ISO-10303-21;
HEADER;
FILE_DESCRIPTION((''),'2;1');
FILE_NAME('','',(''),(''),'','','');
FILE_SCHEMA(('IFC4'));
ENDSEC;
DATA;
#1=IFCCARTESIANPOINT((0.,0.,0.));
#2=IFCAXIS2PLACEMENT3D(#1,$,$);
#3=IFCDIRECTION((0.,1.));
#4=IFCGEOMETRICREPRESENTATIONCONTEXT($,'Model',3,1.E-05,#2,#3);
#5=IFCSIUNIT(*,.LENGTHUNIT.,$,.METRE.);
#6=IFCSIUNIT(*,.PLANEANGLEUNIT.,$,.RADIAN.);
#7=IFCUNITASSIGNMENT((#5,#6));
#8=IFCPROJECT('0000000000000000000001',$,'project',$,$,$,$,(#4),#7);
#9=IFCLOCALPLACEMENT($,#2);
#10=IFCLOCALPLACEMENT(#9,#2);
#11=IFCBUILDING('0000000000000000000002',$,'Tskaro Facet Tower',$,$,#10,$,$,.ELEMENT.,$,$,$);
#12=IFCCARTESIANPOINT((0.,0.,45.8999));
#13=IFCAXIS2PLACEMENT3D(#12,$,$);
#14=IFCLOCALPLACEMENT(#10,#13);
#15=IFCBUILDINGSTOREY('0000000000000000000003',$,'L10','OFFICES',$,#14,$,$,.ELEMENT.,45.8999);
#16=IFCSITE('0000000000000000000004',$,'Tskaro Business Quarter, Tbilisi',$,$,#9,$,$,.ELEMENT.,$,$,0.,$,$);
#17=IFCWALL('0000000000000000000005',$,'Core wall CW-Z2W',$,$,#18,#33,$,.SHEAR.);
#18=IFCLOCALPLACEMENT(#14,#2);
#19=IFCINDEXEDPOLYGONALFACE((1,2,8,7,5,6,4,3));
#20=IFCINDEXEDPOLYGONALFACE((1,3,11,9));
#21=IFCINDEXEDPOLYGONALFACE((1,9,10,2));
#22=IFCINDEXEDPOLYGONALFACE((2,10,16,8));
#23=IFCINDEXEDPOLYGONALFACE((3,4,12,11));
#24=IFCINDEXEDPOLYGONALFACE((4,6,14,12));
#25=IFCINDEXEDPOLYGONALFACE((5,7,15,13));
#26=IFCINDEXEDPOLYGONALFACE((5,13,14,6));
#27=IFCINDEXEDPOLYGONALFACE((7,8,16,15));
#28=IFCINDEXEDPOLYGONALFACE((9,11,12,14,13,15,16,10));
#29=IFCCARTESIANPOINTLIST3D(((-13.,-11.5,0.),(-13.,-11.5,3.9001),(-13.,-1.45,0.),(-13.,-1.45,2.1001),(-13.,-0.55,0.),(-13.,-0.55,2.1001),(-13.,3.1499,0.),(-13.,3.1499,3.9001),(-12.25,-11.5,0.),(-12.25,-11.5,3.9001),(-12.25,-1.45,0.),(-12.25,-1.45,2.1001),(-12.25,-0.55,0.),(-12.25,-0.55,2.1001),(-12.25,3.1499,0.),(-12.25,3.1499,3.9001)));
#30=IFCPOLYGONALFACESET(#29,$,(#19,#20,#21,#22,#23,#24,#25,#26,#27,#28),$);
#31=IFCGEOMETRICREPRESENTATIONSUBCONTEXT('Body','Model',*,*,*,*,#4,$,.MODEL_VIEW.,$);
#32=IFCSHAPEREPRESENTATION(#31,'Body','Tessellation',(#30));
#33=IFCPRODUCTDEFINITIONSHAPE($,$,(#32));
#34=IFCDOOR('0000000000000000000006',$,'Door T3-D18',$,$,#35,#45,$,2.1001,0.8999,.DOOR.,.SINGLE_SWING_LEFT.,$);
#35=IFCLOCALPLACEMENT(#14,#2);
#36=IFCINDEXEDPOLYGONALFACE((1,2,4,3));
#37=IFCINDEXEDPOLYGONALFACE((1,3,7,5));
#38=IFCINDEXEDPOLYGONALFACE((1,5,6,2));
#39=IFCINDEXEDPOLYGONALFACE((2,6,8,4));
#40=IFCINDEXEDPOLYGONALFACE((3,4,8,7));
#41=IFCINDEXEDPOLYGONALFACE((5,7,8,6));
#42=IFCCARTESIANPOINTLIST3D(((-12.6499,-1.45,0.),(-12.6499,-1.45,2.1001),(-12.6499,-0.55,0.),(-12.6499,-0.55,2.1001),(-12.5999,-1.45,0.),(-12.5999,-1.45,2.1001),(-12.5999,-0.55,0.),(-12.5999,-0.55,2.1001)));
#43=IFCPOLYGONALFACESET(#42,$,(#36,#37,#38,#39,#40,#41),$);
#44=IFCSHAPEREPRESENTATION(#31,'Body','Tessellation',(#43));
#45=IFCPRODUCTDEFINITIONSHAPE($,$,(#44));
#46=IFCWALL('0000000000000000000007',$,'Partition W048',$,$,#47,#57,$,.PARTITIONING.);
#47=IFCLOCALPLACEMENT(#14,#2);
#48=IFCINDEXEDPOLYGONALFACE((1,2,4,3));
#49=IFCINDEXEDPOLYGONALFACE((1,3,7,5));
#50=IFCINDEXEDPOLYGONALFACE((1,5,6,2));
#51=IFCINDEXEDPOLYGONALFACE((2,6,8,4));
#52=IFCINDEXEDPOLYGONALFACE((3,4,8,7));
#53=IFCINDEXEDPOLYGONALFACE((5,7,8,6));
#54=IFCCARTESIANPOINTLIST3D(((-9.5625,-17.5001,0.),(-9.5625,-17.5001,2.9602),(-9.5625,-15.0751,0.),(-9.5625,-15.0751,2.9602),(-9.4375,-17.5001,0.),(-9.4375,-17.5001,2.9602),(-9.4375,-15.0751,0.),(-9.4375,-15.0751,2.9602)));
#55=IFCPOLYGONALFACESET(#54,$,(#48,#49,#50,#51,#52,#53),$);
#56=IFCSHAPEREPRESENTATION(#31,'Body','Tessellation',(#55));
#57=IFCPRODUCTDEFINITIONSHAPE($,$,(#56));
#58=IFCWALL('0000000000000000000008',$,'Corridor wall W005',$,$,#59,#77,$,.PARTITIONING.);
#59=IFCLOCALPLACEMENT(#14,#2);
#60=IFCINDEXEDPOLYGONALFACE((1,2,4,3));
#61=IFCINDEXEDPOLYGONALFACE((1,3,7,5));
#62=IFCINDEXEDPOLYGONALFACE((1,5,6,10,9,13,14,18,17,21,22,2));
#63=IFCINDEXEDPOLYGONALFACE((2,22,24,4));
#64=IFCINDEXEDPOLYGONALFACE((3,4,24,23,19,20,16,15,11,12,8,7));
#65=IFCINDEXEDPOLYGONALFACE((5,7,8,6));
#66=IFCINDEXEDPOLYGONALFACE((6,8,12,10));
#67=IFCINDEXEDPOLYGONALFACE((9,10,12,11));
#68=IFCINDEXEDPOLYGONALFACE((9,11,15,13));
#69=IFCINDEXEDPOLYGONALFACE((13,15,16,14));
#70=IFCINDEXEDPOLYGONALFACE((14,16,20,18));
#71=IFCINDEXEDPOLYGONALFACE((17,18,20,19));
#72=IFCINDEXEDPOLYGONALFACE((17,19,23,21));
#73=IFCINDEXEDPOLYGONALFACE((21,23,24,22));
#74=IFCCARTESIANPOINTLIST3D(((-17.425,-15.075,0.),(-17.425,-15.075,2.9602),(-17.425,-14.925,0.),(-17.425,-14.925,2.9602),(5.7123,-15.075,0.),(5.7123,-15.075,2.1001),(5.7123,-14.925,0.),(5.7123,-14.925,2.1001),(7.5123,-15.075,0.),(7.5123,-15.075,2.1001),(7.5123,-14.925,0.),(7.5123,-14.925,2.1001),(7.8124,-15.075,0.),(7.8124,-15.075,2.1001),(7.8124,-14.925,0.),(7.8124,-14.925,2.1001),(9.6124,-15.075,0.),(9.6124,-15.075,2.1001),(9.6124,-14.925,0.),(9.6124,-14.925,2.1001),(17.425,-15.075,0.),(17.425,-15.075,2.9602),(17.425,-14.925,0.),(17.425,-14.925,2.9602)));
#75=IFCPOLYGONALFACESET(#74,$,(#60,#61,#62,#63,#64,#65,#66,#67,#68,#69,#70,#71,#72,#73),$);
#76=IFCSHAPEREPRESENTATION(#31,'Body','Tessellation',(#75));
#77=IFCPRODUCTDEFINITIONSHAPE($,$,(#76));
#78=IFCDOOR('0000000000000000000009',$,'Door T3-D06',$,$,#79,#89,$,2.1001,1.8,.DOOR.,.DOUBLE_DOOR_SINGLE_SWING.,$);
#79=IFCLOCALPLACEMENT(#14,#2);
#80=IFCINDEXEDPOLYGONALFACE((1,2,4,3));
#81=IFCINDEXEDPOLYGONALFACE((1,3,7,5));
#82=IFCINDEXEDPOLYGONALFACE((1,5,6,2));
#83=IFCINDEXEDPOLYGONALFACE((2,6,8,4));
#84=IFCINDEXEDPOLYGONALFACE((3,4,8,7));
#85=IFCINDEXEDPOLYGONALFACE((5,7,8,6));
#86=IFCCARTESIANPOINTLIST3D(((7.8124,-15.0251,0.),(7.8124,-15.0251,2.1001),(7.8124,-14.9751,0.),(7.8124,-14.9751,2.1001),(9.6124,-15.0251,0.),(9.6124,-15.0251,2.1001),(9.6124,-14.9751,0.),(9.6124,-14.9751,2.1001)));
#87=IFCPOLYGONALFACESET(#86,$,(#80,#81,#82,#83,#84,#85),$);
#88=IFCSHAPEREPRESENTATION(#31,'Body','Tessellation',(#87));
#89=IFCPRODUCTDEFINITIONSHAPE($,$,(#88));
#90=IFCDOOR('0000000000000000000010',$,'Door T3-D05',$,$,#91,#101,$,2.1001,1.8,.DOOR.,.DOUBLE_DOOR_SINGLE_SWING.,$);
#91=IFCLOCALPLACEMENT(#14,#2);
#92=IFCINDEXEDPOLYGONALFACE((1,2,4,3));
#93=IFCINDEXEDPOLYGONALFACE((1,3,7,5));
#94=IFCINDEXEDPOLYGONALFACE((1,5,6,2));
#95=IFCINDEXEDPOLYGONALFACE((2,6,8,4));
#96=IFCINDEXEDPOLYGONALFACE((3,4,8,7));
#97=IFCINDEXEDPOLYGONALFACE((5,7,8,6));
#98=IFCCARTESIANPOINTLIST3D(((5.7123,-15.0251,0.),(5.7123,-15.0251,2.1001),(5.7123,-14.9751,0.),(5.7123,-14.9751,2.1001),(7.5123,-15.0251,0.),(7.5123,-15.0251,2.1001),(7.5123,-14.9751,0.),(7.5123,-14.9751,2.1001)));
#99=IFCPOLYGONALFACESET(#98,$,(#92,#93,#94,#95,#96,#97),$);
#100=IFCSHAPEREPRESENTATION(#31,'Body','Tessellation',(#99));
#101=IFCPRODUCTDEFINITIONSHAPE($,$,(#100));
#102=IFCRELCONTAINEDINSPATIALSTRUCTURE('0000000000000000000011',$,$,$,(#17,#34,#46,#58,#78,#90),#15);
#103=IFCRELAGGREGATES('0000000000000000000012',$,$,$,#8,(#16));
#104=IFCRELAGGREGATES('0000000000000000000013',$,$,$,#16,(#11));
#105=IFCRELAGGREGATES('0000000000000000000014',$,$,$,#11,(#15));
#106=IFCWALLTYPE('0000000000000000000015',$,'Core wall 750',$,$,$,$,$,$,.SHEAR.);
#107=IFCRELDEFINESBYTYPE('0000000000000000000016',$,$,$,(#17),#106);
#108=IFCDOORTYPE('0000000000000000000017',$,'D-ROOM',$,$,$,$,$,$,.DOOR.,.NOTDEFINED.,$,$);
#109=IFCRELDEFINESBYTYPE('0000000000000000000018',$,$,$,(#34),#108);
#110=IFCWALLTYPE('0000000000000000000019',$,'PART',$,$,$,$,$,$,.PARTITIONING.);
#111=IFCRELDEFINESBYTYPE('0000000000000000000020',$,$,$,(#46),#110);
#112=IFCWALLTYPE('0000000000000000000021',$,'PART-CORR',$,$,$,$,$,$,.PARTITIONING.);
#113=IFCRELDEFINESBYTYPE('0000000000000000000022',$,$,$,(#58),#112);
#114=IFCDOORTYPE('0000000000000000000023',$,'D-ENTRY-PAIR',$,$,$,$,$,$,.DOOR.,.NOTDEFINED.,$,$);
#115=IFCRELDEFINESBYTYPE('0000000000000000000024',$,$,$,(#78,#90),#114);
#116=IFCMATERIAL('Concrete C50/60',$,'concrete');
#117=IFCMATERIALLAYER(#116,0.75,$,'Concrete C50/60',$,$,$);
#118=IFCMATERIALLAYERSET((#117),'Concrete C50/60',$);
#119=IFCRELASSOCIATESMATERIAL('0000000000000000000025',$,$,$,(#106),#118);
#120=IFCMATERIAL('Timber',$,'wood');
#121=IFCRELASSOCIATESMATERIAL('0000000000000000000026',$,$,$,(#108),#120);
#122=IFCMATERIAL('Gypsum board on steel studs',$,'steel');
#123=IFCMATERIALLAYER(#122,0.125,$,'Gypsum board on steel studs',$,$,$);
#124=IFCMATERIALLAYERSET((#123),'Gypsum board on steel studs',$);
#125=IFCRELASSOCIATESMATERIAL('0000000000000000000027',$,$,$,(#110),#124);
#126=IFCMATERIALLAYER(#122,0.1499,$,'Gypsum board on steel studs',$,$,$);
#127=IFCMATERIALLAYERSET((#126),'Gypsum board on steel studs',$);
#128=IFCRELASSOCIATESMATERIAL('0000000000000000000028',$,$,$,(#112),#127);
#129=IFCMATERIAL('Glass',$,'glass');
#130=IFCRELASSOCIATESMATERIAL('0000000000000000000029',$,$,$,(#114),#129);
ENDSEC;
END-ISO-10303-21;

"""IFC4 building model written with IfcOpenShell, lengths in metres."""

from ifc_helpers import new_model, si_unit, direction, frame, frame_2d, origin, place, context, subcontext, project, spatial, rectangle, extrude, material, layer, layer_set, type_object, element, fill, save


model = new_model("IFC4")

# Units and contexts
model_context = context("Model", 3, precision=1e-05, world=origin(), true_north=direction((0.0, 1.0)))
body_context = subcontext(model_context, "Body", "Model", "MODEL_VIEW")
ifc_project = project(units=[si_unit("LENGTHUNIT", "METRE"), si_unit("PLANEANGLEUNIT", "RADIAN")], contexts=[model_context])

# Site, building, storey
site_placement = place(None, origin())
site = spatial("IfcSite", under=ifc_project, at=site_placement, Name="Tskaro Business Quarter, Tbilisi", CompositionType="ELEMENT", RefElevation=0.0)
building_placement = place(site_placement, origin())
building = spatial("IfcBuilding", under=site, at=building_placement, Name="Tskaro Facet Tower", CompositionType="ELEMENT")
storey_placement = place(building_placement, frame((0.0, 0.0, 45.8999)))
storey = spatial("IfcBuildingStorey", under=building, at=storey_placement, Name="L10", Description="OFFICES", CompositionType="ELEMENT", Elevation=45.8999)

# Wall, opening, door
ifc_material_1 = material(Name="Concrete C50/60", Category="concrete")
ifc_layer_1 = layer(ifc_material_1, 0.75, Name="Concrete C50/60")
ifc_layer_set_1 = layer_set([ifc_layer_1], Name="Concrete C50/60")
wall_type_1 = type_object("IfcWallType", Name="Core wall 750", PredefinedType="SHEAR", material=ifc_layer_set_1)
wall_1_placement = place(storey_placement, frame((-12.625, -11.5, 0.0), z_axis=(0.0, 0.0, 1.0), x_axis=(0.0, 1.0, 0.0)))
wall_1 = element("IfcWall", 1, at=wall_1_placement, inside=storey, type_object=wall_type_1, Name="Core wall CW-Z2W", PredefinedType="SHEAR", context=body_context, shape_type="SweptSolid", body=[
    extrude(rectangle(XDim=14.6499, YDim=0.75, at=frame_2d((7.325, 0.0))), origin(), (0.0, 0.0, 1.0), 3.9001),
])
opening_1_placement = place(wall_1_placement, frame((10.05, 0.0, 0.0)))
opening_1 = element("IfcOpeningElement", 2, at=opening_1_placement, cuts=wall_1, PredefinedType="OPENING", context=body_context, shape_type="SweptSolid", body=[
    extrude(rectangle(XDim=0.8999, YDim=2.1001, at=frame_2d((0.45, 1.05))), frame((0.0, 0.385, 0.0), z_axis=(0.0, -1.0, 0.0), x_axis=(1.0, 0.0, 0.0)), (0.0, 0.0, 1.0), 0.77),
])
ifc_material_2 = material(Name="Timber", Category="wood")
door_type_1 = type_object("IfcDoorType", Name="D-ROOM", OperationType="NOTDEFINED", PredefinedType="DOOR", material=ifc_material_2)
door_1_placement = place(opening_1_placement, origin())
door_1 = element("IfcDoor", 3, at=door_1_placement, inside=storey, type_object=door_type_1, Name="Door T3-D18", OperationType="SINGLE_SWING_LEFT", OverallHeight=2.1001, OverallWidth=0.8999, PredefinedType="DOOR", context=body_context, shape_type="SweptSolid", body=[
    extrude(rectangle(XDim=0.8999, YDim=2.1001, at=frame_2d((0.45, 1.05))), frame((0.0, 0.0249, 0.0), z_axis=(0.0, -1.0, 0.0), x_axis=(1.0, 0.0, 0.0)), (0.0, 0.0, 1.0), 0.05),
])
fill(opening_1, door_1)

# Wall
ifc_material_3 = material(Name="Gypsum board on steel studs", Category="steel")
ifc_layer_2 = layer(ifc_material_3, 0.125, Name="Gypsum board on steel studs")
ifc_layer_set_2 = layer_set([ifc_layer_2], Name="Gypsum board on steel studs")
wall_type_2 = type_object("IfcWallType", Name="PART", PredefinedType="PARTITIONING", material=ifc_layer_set_2)
wall_2_placement = place(storey_placement, frame((-9.5, -17.5, 0.0), z_axis=(0.0, 0.0, 1.0), x_axis=(0.0, 1.0, 0.0)))
element("IfcWall", 4, at=wall_2_placement, inside=storey, type_object=wall_type_2, Name="Partition W048", PredefinedType="PARTITIONING", context=body_context, shape_type="SweptSolid", body=[
    extrude(rectangle(XDim=2.425, YDim=0.125, at=frame_2d((1.2124, 0.0))), origin(), (0.0, 0.0, 1.0), 2.9602),
])

# Wall, openings, doors
ifc_layer_3 = layer(ifc_material_3, 0.1499, Name="Gypsum board on steel studs")
ifc_layer_set_3 = layer_set([ifc_layer_3], Name="Gypsum board on steel studs")
wall_type_3 = type_object("IfcWallType", Name="PART-CORR", PredefinedType="PARTITIONING", material=ifc_layer_set_3)
wall_3_placement = place(storey_placement, frame((-17.425, -15.0, 0.0), z_axis=(0.0, 0.0, 1.0), x_axis=(1.0, 0.0, 0.0)))
wall_3 = element("IfcWall", 5, at=wall_3_placement, inside=storey, type_object=wall_type_3, Name="Corridor wall W005", PredefinedType="PARTITIONING", context=body_context, shape_type="SweptSolid", body=[
    extrude(rectangle(XDim=34.8501, YDim=0.1499, at=frame_2d((17.425, 0.0))), origin(), (0.0, 0.0, 1.0), 2.9602),
])
opening_2_placement = place(wall_3_placement, frame((25.2375, 0.0, 0.0)))
opening_2 = element("IfcOpeningElement", 6, at=opening_2_placement, cuts=wall_3, PredefinedType="OPENING", context=body_context, shape_type="SweptSolid", body=[
    extrude(rectangle(XDim=1.8, YDim=2.1001, at=frame_2d((0.8999, 1.05))), frame((0.0, 0.085, 0.0), z_axis=(0.0, -1.0, 0.0), x_axis=(1.0, 0.0, 0.0)), (0.0, 0.0, 1.0), 0.1699),
])
opening_3_placement = place(wall_3_placement, frame((23.1375, 0.0, 0.0)))
opening_3 = element("IfcOpeningElement", 7, at=opening_3_placement, cuts=wall_3, PredefinedType="OPENING", context=body_context, shape_type="SweptSolid", body=[
    extrude(rectangle(XDim=1.8, YDim=2.1001, at=frame_2d((0.8999, 1.05))), frame((0.0, 0.085, 0.0), z_axis=(0.0, -1.0, 0.0), x_axis=(1.0, 0.0, 0.0)), (0.0, 0.0, 1.0), 0.1699),
])
ifc_material_4 = material(Name="Glass", Category="glass")
door_type_2 = type_object("IfcDoorType", Name="D-ENTRY-PAIR", OperationType="NOTDEFINED", PredefinedType="DOOR", material=ifc_material_4)
door_2_placement = place(opening_2_placement, origin())
door_2 = element("IfcDoor", 8, at=door_2_placement, inside=storey, type_object=door_type_2, Name="Door T3-D06", OperationType="DOUBLE_DOOR_SINGLE_SWING", OverallHeight=2.1001, OverallWidth=1.8, PredefinedType="DOOR", context=body_context, shape_type="SweptSolid", body=[
    extrude(rectangle(XDim=1.8, YDim=2.1001, at=frame_2d((0.8999, 1.05))), frame((0.0, 0.0249, 0.0), z_axis=(0.0, -1.0, 0.0), x_axis=(1.0, 0.0, 0.0)), (0.0, 0.0, 1.0), 0.05),
])
fill(opening_2, door_2)
door_3_placement = place(opening_3_placement, origin())
door_3 = element("IfcDoor", 9, at=door_3_placement, inside=storey, type_object=door_type_2, Name="Door T3-D05", OperationType="DOUBLE_DOOR_SINGLE_SWING", OverallHeight=2.1001, OverallWidth=1.8, PredefinedType="DOOR", context=body_context, shape_type="SweptSolid", body=[
    extrude(rectangle(XDim=1.8, YDim=2.1001, at=frame_2d((0.8999, 1.05))), frame((0.0, 0.0249, 0.0), z_axis=(0.0, -1.0, 0.0), x_axis=(1.0, 0.0, 0.0)), (0.0, 0.0, 1.0), 0.05),
])
fill(opening_3, door_3)

save(model, "model.ifc")
